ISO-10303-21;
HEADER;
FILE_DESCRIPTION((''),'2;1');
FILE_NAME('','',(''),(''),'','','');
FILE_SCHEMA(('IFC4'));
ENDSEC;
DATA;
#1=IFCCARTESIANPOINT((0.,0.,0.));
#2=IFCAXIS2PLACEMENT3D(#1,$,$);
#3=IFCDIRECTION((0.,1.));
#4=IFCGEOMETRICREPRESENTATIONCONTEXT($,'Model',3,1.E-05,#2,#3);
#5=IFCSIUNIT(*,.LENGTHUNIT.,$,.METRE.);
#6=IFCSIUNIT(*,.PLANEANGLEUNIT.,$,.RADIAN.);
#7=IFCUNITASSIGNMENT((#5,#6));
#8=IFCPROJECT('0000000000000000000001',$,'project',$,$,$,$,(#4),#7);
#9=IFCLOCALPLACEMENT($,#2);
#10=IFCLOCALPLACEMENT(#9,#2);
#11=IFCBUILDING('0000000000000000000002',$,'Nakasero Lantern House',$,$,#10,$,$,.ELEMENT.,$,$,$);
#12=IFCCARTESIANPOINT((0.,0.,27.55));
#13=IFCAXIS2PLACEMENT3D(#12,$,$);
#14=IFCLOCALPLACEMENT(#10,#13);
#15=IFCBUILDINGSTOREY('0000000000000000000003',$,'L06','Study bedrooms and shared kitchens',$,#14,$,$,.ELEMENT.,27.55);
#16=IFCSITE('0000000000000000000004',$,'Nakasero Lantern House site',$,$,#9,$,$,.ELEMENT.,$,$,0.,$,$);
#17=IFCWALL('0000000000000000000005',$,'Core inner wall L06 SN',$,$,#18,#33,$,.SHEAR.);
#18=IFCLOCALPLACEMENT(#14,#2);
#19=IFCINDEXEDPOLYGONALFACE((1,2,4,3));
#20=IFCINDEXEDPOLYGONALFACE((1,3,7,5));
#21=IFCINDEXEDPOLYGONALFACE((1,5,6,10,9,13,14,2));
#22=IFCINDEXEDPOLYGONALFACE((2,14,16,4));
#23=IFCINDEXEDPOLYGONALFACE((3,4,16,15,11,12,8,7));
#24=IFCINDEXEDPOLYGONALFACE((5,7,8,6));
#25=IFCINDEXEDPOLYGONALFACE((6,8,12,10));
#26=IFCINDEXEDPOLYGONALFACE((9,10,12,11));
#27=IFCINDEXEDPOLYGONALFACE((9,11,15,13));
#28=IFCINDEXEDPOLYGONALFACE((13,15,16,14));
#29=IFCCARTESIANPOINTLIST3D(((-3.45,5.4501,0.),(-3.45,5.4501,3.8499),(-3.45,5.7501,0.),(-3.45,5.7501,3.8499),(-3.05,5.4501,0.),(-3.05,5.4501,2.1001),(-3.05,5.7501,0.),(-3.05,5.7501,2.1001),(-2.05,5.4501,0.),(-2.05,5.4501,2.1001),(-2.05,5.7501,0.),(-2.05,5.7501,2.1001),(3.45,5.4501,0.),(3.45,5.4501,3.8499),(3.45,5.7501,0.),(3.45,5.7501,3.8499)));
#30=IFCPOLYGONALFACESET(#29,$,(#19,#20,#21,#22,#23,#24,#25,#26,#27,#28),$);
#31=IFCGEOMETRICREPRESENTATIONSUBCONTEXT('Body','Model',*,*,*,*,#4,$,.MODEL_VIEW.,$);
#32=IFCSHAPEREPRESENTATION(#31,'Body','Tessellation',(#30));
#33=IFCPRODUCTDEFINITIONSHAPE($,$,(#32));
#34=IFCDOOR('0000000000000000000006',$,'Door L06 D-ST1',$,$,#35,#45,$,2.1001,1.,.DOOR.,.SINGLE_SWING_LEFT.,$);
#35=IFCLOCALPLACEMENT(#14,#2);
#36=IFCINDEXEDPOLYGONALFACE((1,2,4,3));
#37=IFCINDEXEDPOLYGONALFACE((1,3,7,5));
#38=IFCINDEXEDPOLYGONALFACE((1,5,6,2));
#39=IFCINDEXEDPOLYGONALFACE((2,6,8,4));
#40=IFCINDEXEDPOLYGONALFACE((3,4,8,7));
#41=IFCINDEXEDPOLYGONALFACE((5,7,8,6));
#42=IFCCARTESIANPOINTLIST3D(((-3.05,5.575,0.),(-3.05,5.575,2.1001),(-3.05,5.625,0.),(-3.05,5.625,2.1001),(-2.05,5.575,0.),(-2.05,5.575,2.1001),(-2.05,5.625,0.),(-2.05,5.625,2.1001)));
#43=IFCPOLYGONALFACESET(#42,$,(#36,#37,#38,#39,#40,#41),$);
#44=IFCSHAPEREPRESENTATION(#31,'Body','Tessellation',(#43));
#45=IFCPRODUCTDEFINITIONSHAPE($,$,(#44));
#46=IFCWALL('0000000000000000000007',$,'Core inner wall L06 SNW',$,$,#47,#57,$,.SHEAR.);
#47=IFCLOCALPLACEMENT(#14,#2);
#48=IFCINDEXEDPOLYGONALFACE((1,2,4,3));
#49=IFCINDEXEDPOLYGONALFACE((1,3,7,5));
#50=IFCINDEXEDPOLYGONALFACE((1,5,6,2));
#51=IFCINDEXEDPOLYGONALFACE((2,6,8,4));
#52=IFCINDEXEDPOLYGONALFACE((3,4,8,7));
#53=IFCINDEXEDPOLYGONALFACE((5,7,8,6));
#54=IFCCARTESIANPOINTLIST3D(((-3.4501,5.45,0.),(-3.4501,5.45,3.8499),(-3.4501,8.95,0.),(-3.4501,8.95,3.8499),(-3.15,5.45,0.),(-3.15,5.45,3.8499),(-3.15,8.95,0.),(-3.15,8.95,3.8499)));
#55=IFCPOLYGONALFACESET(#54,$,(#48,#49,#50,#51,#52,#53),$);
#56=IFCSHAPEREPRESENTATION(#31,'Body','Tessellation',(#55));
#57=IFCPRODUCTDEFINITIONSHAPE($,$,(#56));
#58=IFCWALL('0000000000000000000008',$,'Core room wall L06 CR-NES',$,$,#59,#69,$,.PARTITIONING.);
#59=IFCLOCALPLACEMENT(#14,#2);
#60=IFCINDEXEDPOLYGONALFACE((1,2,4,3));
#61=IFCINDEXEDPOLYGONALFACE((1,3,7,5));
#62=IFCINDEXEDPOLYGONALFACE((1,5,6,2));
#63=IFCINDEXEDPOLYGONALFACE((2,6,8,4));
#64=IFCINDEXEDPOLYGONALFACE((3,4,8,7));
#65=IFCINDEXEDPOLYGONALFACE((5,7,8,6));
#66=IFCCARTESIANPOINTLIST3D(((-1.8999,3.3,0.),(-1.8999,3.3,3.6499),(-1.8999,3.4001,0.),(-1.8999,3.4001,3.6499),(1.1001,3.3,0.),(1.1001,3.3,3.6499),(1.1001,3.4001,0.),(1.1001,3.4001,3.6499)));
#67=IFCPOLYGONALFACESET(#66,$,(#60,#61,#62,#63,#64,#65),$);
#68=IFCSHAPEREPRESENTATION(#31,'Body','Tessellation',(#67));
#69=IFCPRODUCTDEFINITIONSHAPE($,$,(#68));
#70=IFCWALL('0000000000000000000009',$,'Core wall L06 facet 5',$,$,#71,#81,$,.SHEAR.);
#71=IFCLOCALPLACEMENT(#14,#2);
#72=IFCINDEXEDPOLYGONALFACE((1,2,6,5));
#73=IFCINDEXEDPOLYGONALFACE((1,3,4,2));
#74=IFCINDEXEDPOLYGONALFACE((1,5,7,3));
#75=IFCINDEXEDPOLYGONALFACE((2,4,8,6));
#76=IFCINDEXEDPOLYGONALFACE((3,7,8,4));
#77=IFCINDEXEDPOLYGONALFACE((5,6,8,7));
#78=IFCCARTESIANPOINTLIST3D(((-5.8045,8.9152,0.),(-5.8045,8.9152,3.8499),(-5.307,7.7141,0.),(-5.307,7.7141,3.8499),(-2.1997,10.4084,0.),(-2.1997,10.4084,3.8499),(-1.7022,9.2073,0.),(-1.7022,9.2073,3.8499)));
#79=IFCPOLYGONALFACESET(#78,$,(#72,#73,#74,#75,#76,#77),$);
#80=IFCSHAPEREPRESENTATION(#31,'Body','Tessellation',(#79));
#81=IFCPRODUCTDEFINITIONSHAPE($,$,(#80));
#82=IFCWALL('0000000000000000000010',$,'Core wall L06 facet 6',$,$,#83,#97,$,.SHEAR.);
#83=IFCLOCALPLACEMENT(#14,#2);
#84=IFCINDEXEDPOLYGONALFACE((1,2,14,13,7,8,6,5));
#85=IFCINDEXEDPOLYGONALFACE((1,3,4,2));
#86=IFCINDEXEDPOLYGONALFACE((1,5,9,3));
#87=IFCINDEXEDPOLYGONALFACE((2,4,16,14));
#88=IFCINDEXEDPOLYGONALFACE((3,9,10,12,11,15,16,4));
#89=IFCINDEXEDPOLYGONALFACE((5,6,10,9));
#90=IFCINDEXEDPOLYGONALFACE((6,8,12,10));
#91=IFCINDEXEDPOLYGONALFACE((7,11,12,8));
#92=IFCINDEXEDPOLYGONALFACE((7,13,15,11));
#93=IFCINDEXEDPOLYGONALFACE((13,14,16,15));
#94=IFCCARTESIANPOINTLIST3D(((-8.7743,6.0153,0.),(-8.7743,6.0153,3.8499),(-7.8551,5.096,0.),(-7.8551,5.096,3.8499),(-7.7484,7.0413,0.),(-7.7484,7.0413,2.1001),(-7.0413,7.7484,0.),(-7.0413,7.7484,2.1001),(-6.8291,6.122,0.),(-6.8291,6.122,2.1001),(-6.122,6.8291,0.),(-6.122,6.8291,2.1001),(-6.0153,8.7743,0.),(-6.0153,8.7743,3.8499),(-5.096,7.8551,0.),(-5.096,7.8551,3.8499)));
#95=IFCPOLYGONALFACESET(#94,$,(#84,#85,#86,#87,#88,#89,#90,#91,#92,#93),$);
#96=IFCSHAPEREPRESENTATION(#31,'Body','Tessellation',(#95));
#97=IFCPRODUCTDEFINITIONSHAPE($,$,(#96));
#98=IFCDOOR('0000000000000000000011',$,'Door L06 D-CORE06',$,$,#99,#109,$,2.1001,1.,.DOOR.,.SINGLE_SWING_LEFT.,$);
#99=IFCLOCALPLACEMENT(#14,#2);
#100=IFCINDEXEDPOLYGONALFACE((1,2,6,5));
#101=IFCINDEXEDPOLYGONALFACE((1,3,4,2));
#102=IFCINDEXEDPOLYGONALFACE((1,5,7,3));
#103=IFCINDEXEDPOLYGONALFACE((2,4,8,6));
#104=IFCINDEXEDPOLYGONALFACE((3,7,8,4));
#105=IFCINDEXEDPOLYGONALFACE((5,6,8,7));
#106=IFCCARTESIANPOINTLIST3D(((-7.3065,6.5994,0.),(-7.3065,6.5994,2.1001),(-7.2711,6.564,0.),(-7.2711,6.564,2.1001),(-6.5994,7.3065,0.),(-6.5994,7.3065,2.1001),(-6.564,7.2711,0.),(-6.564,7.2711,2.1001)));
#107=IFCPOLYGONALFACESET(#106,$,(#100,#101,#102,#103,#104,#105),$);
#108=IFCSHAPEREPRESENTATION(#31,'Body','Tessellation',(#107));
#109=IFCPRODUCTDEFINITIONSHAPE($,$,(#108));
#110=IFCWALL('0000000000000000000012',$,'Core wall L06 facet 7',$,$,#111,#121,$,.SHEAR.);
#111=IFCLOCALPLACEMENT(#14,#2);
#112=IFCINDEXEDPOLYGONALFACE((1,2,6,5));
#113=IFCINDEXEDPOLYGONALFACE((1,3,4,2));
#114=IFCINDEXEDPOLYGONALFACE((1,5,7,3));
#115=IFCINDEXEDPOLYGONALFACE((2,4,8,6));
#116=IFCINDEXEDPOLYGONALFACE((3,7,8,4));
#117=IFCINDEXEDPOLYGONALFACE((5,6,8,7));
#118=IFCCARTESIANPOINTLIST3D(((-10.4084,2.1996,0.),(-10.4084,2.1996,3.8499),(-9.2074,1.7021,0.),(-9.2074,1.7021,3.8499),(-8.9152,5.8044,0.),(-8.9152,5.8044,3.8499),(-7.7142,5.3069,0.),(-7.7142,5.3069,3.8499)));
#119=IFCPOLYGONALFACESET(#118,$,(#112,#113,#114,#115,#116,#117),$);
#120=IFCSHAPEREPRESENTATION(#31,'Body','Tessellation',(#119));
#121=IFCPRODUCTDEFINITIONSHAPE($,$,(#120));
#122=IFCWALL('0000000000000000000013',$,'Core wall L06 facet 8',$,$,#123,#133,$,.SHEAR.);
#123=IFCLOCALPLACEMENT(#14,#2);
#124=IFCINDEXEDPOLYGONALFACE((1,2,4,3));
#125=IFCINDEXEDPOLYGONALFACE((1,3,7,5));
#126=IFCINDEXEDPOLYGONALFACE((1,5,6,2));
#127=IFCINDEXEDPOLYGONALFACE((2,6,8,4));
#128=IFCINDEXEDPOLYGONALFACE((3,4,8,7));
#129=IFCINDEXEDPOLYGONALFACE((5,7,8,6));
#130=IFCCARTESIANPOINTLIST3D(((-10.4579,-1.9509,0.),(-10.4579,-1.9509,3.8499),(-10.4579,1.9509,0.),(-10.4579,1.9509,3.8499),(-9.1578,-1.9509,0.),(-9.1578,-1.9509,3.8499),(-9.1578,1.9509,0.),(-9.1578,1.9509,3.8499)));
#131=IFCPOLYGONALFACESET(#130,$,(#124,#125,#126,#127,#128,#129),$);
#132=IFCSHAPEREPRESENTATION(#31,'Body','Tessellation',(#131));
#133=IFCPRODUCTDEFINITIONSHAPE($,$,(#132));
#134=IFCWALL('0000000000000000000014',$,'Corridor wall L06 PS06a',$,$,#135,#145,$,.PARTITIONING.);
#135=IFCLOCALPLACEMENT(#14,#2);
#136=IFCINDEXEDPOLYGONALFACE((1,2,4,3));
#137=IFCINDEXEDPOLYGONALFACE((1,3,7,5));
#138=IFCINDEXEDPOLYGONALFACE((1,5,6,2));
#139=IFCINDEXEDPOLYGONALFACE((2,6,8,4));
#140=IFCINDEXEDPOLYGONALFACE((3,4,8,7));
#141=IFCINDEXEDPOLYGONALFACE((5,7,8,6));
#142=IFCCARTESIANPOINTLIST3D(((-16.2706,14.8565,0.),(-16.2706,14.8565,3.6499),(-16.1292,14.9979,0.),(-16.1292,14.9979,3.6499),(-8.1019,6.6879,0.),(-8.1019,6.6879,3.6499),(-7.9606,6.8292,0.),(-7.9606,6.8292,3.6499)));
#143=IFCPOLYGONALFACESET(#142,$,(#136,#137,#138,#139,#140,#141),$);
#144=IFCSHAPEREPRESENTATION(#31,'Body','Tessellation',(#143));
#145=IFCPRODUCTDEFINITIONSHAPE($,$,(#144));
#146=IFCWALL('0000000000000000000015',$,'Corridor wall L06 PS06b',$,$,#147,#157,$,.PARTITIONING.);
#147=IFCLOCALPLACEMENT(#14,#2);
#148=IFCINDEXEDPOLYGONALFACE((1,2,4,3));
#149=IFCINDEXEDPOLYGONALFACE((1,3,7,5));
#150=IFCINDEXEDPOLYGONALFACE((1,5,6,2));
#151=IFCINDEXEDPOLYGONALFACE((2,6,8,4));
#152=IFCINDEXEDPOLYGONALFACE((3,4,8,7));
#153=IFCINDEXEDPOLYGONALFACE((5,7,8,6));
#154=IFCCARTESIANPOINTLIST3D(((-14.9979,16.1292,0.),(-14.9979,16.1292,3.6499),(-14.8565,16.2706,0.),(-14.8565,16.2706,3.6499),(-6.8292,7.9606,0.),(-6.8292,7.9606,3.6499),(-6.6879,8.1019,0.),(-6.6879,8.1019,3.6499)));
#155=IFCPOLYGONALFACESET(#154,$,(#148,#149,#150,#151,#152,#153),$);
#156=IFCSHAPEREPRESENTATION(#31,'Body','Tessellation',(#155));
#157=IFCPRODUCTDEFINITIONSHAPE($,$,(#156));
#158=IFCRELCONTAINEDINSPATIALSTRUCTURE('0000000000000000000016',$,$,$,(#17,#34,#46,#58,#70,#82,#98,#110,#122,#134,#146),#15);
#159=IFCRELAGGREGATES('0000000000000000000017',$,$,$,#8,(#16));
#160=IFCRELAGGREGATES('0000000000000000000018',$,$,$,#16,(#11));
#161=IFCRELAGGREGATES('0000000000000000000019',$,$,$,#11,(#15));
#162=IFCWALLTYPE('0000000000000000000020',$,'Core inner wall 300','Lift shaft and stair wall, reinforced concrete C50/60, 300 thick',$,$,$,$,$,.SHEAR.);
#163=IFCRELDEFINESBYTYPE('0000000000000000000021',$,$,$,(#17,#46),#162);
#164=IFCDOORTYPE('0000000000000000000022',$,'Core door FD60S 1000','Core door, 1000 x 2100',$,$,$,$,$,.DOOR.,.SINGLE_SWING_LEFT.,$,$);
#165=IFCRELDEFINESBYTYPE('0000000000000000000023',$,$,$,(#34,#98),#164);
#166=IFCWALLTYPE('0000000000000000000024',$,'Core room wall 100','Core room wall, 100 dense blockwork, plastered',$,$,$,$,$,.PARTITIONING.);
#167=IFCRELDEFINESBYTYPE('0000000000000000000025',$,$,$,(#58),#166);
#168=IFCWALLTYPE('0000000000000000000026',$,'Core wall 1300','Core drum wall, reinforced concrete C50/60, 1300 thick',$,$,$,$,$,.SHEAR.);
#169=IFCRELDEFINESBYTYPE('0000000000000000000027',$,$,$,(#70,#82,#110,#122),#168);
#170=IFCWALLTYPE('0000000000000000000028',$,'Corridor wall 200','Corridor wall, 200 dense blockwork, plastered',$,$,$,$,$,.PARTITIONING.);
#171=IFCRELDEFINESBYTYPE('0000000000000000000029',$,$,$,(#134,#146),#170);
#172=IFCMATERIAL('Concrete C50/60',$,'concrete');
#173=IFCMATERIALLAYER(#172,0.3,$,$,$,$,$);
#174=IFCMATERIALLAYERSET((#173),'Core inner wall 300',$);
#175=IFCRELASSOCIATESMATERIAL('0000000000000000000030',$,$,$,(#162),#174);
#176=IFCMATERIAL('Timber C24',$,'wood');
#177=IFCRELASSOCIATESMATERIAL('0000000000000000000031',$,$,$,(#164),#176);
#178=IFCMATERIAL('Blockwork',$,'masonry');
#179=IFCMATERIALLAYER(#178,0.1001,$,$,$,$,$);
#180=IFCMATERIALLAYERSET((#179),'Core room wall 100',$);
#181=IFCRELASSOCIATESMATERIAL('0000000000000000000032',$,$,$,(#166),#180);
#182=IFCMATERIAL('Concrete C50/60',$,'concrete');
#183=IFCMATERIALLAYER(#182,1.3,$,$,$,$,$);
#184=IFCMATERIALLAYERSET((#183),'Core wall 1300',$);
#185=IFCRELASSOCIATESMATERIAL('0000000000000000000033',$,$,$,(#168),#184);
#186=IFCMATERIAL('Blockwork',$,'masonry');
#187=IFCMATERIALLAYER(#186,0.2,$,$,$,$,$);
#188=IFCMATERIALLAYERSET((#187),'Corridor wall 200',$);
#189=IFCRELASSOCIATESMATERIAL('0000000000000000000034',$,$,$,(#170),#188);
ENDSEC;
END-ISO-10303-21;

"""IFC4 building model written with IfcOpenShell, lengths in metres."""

from ifc_helpers import new_model, si_unit, direction, frame, frame_2d, origin, place, context, subcontext, project, spatial, rectangle, extrude, material, layer, layer_set, type_object, element, fill, save


model = new_model("IFC4")

# Units and contexts
model_context = context("Model", 3, precision=1e-05, world=origin(), true_north=direction((0.0, 1.0)))
body_context = subcontext(model_context, "Body", "Model", "MODEL_VIEW")
ifc_project = project(units=[si_unit("LENGTHUNIT", "METRE"), si_unit("PLANEANGLEUNIT", "RADIAN")], contexts=[model_context])

# Site, building, storey
site_placement = place(None, origin())
site = spatial("IfcSite", under=ifc_project, at=site_placement, Name="Nakasero Lantern House site", CompositionType="ELEMENT", RefElevation=0.0)
building_placement = place(site_placement, origin())
building = spatial("IfcBuilding", under=site, at=building_placement, Name="Nakasero Lantern House", CompositionType="ELEMENT")
storey_placement = place(building_placement, frame((0.0, 0.0, 27.55)))
storey = spatial("IfcBuildingStorey", under=building, at=storey_placement, Name="L06", Description="Study bedrooms and shared kitchens", CompositionType="ELEMENT", Elevation=27.55)

# Shared definitions
ifc_material_1 = material(Name="Concrete C50/60", Category="concrete")
ifc_layer_1 = layer(ifc_material_1, 0.3)
ifc_layer_set_1 = layer_set([ifc_layer_1], Name="Core inner wall 300")
wall_type_1 = type_object("IfcWallType", Name="Core inner wall 300", Description="Lift shaft and stair wall, reinforced concrete C50/60, 300 thick", PredefinedType="SHEAR", material=ifc_layer_set_1)

# Wall, opening, door
wall_1_placement = place(storey_placement, frame((-3.45, 5.6001, 0.0), z_axis=(0.0, 0.0, 1.0), x_axis=(1.0, 0.0, 0.0)))
wall_1 = element("IfcWall", 1, at=wall_1_placement, inside=storey, type_object=wall_type_1, Name="Core inner wall L06 SN", PredefinedType="SHEAR", context=body_context, shape_type="SweptSolid", body=[
    extrude(rectangle(XDim=6.8999, YDim=0.3, at=frame_2d((3.45, 0.0))), origin(), (0.0, 0.0, 1.0), 3.8499),
])
opening_1_placement = place(wall_1_placement, frame((0.3999, 0.0, 0.0)))
opening_1 = element("IfcOpeningElement", 2, at=opening_1_placement, cuts=wall_1, PredefinedType="OPENING", context=body_context, shape_type="SweptSolid", body=[
    extrude(rectangle(XDim=1.0, YDim=2.1001, at=frame_2d((0.5, 1.05))), frame((0.0, 0.1699, 0.0), z_axis=(0.0, -1.0, 0.0), x_axis=(1.0, 0.0, 0.0)), (0.0, 0.0, 1.0), 0.3401),
])
ifc_material_2 = material(Name="Timber C24", Category="wood")
door_type_1 = type_object("IfcDoorType", Name="Core door FD60S 1000", Description="Core door, 1000 x 2100", OperationType="SINGLE_SWING_LEFT", PredefinedType="DOOR", material=ifc_material_2)
door_1_placement = place(opening_1_placement, origin())
door_1 = element("IfcDoor", 3, at=door_1_placement, inside=storey, type_object=door_type_1, Name="Door L06 D-ST1", OperationType="SINGLE_SWING_LEFT", OverallHeight=2.1001, OverallWidth=1.0, PredefinedType="DOOR", context=body_context, shape_type="SweptSolid", body=[
    extrude(rectangle(XDim=1.0, YDim=2.1001, at=frame_2d((0.5, 1.05))), frame((0.0, 0.0249, 0.0), z_axis=(0.0, -1.0, 0.0), x_axis=(1.0, 0.0, 0.0)), (0.0, 0.0, 1.0), 0.05),
])
fill(opening_1, door_1)

# Walls
wall_2_placement = place(storey_placement, frame((-3.3, 5.45, 0.0), z_axis=(0.0, 0.0, 1.0), x_axis=(0.0, 1.0, 0.0)))
element("IfcWall", 4, at=wall_2_placement, inside=storey, type_object=wall_type_1, Name="Core inner wall L06 SNW", PredefinedType="SHEAR", context=body_context, shape_type="SweptSolid", body=[
    extrude(rectangle(XDim=3.5, YDim=0.3, at=frame_2d((1.75, 0.0))), origin(), (0.0, 0.0, 1.0), 3.8499),
])
ifc_material_3 = material(Name="Blockwork", Category="masonry")
ifc_layer_2 = layer(ifc_material_3, 0.1001)
ifc_layer_set_2 = layer_set([ifc_layer_2], Name="Core room wall 100")
wall_type_2 = type_object("IfcWallType", Name="Core room wall 100", Description="Core room wall, 100 dense blockwork, plastered", PredefinedType="PARTITIONING", material=ifc_layer_set_2)
wall_3_placement = place(storey_placement, frame((-1.8999, 3.3501, 0.0), z_axis=(0.0, 0.0, 1.0), x_axis=(1.0, 0.0, 0.0)))
element("IfcWall", 5, at=wall_3_placement, inside=storey, type_object=wall_type_2, Name="Core room wall L06 CR-NES", PredefinedType="PARTITIONING", context=body_context, shape_type="SweptSolid", body=[
    extrude(rectangle(XDim=3.0, YDim=0.1001, at=frame_2d((1.5, 0.0))), origin(), (0.0, 0.0, 1.0), 3.6499),
])
ifc_material_4 = material(Name="Concrete C50/60", Category="concrete")
ifc_layer_3 = layer(ifc_material_4, 1.3)
ifc_layer_set_3 = layer_set([ifc_layer_3], Name="Core wall 1300")
wall_type_3 = type_object("IfcWallType", Name="Core wall 1300", Description="Core drum wall, reinforced concrete C50/60, 1300 thick", PredefinedType="SHEAR", material=ifc_layer_set_3)
wall_4_placement = place(storey_placement, frame((-1.9509, 9.8079, 0.0), z_axis=(0.0, 0.0, 1.0), x_axis=(-0.923877, -0.382691, 0.0)))
element("IfcWall", 6, at=wall_4_placement, inside=storey, type_object=wall_type_3, Name="Core wall L06 facet 5", PredefinedType="SHEAR", context=body_context, shape_type="SweptSolid", body=[
    extrude(rectangle(XDim=3.9019, YDim=1.3, at=frame_2d((1.9509, 0.0))), origin(), (0.0, 0.0, 1.0), 3.8499),
])

# Wall, opening, door
wall_5_placement = place(storey_placement, frame((-5.5557, 8.3147, 0.0), z_axis=(0.0, 0.0, 1.0), x_axis=(-0.707107, -0.707107, 0.0)))
wall_5 = element("IfcWall", 7, at=wall_5_placement, inside=storey, type_object=wall_type_3, Name="Core wall L06 facet 6", PredefinedType="SHEAR", context=body_context, shape_type="SweptSolid", body=[
    extrude(rectangle(XDim=3.9019, YDim=1.3, at=frame_2d((1.9509, 0.0))), origin(), (0.0, 0.0, 1.0), 3.8499),
])
opening_2_placement = place(wall_5_placement, frame((1.4509, 0.0, 0.0)))
opening_2 = element("IfcOpeningElement", 8, at=opening_2_placement, cuts=wall_5, PredefinedType="OPENING", context=body_context, shape_type="SweptSolid", body=[
    extrude(rectangle(XDim=1.0, YDim=2.1001, at=frame_2d((0.5, 1.05))), frame((0.0, 0.6699, 0.0), z_axis=(0.0, -1.0, 0.0), x_axis=(1.0, 0.0, 0.0)), (0.0, 0.0, 1.0), 1.3401),
])
door_2_placement = place(opening_2_placement, origin())
door_2 = element("IfcDoor", 9, at=door_2_placement, inside=storey, type_object=door_type_1, Name="Door L06 D-CORE06", OperationType="SINGLE_SWING_LEFT", OverallHeight=2.1001, OverallWidth=1.0, PredefinedType="DOOR", context=body_context, shape_type="SweptSolid", body=[
    extrude(rectangle(XDim=1.0, YDim=2.1001, at=frame_2d((0.5, 1.05))), frame((0.0, 0.0249, 0.0), z_axis=(0.0, -1.0, 0.0), x_axis=(1.0, 0.0, 0.0)), (0.0, 0.0, 1.0), 0.05),
])
fill(opening_2, door_2)

# Walls
for number, where, z_axis, x_axis, name in (
    (10, (-8.3147, 5.5557, 0.0), (0.0, 0.0, 1.0), (-0.382691, -0.923877, 0.0), "Core wall L06 facet 7"),
    (11, (-9.8079, 1.9509, 0.0), (0.0, 0.0, 1.0), (0.0, -1.0, 0.0), "Core wall L06 facet 8"),
):
    element("IfcWall", number, at=place(storey_placement, frame(where, z_axis=z_axis, x_axis=x_axis)), inside=storey, type_object=wall_type_3, Name=name, PredefinedType="SHEAR", context=body_context, shape_type="SweptSolid", body=[
        extrude(rectangle(XDim=3.9019, YDim=1.3, at=frame_2d((1.9509, 0.0))), origin(), (0.0, 0.0, 1.0), 3.8499),
    ])
ifc_material_5 = material(Name="Blockwork", Category="masonry")
ifc_layer_4 = layer(ifc_material_5, 0.2)
ifc_layer_set_4 = layer_set([ifc_layer_4], Name="Corridor wall 200")
wall_type_4 = type_object("IfcWallType", Name="Corridor wall 200", Description="Corridor wall, 200 dense blockwork, plastered", PredefinedType="PARTITIONING", material=ifc_layer_set_4)
for number, where, z_axis, x_axis, name in (
    (12, (-8.0312, 6.7585, 0.0), (0.0, 0.0, 1.0), (-0.707107, 0.707107, 0.0), "Corridor wall L06 PS06a"),
    (13, (-6.7585, 8.0312, 0.0), (0.0, 0.0, 1.0), (-0.707107, 0.707107, 0.0), "Corridor wall L06 PS06b"),
):
    element("IfcWall", number, at=place(storey_placement, frame(where, z_axis=z_axis, x_axis=x_axis)), inside=storey, type_object=wall_type_4, Name=name, PredefinedType="PARTITIONING", context=body_context, shape_type="SweptSolid", body=[
        extrude(rectangle(XDim=11.5522, YDim=0.2, at=frame_2d((5.7761, 0.0))), origin(), (0.0, 0.0, 1.0), 3.6499),
    ])

save(model, "model.ifc")
